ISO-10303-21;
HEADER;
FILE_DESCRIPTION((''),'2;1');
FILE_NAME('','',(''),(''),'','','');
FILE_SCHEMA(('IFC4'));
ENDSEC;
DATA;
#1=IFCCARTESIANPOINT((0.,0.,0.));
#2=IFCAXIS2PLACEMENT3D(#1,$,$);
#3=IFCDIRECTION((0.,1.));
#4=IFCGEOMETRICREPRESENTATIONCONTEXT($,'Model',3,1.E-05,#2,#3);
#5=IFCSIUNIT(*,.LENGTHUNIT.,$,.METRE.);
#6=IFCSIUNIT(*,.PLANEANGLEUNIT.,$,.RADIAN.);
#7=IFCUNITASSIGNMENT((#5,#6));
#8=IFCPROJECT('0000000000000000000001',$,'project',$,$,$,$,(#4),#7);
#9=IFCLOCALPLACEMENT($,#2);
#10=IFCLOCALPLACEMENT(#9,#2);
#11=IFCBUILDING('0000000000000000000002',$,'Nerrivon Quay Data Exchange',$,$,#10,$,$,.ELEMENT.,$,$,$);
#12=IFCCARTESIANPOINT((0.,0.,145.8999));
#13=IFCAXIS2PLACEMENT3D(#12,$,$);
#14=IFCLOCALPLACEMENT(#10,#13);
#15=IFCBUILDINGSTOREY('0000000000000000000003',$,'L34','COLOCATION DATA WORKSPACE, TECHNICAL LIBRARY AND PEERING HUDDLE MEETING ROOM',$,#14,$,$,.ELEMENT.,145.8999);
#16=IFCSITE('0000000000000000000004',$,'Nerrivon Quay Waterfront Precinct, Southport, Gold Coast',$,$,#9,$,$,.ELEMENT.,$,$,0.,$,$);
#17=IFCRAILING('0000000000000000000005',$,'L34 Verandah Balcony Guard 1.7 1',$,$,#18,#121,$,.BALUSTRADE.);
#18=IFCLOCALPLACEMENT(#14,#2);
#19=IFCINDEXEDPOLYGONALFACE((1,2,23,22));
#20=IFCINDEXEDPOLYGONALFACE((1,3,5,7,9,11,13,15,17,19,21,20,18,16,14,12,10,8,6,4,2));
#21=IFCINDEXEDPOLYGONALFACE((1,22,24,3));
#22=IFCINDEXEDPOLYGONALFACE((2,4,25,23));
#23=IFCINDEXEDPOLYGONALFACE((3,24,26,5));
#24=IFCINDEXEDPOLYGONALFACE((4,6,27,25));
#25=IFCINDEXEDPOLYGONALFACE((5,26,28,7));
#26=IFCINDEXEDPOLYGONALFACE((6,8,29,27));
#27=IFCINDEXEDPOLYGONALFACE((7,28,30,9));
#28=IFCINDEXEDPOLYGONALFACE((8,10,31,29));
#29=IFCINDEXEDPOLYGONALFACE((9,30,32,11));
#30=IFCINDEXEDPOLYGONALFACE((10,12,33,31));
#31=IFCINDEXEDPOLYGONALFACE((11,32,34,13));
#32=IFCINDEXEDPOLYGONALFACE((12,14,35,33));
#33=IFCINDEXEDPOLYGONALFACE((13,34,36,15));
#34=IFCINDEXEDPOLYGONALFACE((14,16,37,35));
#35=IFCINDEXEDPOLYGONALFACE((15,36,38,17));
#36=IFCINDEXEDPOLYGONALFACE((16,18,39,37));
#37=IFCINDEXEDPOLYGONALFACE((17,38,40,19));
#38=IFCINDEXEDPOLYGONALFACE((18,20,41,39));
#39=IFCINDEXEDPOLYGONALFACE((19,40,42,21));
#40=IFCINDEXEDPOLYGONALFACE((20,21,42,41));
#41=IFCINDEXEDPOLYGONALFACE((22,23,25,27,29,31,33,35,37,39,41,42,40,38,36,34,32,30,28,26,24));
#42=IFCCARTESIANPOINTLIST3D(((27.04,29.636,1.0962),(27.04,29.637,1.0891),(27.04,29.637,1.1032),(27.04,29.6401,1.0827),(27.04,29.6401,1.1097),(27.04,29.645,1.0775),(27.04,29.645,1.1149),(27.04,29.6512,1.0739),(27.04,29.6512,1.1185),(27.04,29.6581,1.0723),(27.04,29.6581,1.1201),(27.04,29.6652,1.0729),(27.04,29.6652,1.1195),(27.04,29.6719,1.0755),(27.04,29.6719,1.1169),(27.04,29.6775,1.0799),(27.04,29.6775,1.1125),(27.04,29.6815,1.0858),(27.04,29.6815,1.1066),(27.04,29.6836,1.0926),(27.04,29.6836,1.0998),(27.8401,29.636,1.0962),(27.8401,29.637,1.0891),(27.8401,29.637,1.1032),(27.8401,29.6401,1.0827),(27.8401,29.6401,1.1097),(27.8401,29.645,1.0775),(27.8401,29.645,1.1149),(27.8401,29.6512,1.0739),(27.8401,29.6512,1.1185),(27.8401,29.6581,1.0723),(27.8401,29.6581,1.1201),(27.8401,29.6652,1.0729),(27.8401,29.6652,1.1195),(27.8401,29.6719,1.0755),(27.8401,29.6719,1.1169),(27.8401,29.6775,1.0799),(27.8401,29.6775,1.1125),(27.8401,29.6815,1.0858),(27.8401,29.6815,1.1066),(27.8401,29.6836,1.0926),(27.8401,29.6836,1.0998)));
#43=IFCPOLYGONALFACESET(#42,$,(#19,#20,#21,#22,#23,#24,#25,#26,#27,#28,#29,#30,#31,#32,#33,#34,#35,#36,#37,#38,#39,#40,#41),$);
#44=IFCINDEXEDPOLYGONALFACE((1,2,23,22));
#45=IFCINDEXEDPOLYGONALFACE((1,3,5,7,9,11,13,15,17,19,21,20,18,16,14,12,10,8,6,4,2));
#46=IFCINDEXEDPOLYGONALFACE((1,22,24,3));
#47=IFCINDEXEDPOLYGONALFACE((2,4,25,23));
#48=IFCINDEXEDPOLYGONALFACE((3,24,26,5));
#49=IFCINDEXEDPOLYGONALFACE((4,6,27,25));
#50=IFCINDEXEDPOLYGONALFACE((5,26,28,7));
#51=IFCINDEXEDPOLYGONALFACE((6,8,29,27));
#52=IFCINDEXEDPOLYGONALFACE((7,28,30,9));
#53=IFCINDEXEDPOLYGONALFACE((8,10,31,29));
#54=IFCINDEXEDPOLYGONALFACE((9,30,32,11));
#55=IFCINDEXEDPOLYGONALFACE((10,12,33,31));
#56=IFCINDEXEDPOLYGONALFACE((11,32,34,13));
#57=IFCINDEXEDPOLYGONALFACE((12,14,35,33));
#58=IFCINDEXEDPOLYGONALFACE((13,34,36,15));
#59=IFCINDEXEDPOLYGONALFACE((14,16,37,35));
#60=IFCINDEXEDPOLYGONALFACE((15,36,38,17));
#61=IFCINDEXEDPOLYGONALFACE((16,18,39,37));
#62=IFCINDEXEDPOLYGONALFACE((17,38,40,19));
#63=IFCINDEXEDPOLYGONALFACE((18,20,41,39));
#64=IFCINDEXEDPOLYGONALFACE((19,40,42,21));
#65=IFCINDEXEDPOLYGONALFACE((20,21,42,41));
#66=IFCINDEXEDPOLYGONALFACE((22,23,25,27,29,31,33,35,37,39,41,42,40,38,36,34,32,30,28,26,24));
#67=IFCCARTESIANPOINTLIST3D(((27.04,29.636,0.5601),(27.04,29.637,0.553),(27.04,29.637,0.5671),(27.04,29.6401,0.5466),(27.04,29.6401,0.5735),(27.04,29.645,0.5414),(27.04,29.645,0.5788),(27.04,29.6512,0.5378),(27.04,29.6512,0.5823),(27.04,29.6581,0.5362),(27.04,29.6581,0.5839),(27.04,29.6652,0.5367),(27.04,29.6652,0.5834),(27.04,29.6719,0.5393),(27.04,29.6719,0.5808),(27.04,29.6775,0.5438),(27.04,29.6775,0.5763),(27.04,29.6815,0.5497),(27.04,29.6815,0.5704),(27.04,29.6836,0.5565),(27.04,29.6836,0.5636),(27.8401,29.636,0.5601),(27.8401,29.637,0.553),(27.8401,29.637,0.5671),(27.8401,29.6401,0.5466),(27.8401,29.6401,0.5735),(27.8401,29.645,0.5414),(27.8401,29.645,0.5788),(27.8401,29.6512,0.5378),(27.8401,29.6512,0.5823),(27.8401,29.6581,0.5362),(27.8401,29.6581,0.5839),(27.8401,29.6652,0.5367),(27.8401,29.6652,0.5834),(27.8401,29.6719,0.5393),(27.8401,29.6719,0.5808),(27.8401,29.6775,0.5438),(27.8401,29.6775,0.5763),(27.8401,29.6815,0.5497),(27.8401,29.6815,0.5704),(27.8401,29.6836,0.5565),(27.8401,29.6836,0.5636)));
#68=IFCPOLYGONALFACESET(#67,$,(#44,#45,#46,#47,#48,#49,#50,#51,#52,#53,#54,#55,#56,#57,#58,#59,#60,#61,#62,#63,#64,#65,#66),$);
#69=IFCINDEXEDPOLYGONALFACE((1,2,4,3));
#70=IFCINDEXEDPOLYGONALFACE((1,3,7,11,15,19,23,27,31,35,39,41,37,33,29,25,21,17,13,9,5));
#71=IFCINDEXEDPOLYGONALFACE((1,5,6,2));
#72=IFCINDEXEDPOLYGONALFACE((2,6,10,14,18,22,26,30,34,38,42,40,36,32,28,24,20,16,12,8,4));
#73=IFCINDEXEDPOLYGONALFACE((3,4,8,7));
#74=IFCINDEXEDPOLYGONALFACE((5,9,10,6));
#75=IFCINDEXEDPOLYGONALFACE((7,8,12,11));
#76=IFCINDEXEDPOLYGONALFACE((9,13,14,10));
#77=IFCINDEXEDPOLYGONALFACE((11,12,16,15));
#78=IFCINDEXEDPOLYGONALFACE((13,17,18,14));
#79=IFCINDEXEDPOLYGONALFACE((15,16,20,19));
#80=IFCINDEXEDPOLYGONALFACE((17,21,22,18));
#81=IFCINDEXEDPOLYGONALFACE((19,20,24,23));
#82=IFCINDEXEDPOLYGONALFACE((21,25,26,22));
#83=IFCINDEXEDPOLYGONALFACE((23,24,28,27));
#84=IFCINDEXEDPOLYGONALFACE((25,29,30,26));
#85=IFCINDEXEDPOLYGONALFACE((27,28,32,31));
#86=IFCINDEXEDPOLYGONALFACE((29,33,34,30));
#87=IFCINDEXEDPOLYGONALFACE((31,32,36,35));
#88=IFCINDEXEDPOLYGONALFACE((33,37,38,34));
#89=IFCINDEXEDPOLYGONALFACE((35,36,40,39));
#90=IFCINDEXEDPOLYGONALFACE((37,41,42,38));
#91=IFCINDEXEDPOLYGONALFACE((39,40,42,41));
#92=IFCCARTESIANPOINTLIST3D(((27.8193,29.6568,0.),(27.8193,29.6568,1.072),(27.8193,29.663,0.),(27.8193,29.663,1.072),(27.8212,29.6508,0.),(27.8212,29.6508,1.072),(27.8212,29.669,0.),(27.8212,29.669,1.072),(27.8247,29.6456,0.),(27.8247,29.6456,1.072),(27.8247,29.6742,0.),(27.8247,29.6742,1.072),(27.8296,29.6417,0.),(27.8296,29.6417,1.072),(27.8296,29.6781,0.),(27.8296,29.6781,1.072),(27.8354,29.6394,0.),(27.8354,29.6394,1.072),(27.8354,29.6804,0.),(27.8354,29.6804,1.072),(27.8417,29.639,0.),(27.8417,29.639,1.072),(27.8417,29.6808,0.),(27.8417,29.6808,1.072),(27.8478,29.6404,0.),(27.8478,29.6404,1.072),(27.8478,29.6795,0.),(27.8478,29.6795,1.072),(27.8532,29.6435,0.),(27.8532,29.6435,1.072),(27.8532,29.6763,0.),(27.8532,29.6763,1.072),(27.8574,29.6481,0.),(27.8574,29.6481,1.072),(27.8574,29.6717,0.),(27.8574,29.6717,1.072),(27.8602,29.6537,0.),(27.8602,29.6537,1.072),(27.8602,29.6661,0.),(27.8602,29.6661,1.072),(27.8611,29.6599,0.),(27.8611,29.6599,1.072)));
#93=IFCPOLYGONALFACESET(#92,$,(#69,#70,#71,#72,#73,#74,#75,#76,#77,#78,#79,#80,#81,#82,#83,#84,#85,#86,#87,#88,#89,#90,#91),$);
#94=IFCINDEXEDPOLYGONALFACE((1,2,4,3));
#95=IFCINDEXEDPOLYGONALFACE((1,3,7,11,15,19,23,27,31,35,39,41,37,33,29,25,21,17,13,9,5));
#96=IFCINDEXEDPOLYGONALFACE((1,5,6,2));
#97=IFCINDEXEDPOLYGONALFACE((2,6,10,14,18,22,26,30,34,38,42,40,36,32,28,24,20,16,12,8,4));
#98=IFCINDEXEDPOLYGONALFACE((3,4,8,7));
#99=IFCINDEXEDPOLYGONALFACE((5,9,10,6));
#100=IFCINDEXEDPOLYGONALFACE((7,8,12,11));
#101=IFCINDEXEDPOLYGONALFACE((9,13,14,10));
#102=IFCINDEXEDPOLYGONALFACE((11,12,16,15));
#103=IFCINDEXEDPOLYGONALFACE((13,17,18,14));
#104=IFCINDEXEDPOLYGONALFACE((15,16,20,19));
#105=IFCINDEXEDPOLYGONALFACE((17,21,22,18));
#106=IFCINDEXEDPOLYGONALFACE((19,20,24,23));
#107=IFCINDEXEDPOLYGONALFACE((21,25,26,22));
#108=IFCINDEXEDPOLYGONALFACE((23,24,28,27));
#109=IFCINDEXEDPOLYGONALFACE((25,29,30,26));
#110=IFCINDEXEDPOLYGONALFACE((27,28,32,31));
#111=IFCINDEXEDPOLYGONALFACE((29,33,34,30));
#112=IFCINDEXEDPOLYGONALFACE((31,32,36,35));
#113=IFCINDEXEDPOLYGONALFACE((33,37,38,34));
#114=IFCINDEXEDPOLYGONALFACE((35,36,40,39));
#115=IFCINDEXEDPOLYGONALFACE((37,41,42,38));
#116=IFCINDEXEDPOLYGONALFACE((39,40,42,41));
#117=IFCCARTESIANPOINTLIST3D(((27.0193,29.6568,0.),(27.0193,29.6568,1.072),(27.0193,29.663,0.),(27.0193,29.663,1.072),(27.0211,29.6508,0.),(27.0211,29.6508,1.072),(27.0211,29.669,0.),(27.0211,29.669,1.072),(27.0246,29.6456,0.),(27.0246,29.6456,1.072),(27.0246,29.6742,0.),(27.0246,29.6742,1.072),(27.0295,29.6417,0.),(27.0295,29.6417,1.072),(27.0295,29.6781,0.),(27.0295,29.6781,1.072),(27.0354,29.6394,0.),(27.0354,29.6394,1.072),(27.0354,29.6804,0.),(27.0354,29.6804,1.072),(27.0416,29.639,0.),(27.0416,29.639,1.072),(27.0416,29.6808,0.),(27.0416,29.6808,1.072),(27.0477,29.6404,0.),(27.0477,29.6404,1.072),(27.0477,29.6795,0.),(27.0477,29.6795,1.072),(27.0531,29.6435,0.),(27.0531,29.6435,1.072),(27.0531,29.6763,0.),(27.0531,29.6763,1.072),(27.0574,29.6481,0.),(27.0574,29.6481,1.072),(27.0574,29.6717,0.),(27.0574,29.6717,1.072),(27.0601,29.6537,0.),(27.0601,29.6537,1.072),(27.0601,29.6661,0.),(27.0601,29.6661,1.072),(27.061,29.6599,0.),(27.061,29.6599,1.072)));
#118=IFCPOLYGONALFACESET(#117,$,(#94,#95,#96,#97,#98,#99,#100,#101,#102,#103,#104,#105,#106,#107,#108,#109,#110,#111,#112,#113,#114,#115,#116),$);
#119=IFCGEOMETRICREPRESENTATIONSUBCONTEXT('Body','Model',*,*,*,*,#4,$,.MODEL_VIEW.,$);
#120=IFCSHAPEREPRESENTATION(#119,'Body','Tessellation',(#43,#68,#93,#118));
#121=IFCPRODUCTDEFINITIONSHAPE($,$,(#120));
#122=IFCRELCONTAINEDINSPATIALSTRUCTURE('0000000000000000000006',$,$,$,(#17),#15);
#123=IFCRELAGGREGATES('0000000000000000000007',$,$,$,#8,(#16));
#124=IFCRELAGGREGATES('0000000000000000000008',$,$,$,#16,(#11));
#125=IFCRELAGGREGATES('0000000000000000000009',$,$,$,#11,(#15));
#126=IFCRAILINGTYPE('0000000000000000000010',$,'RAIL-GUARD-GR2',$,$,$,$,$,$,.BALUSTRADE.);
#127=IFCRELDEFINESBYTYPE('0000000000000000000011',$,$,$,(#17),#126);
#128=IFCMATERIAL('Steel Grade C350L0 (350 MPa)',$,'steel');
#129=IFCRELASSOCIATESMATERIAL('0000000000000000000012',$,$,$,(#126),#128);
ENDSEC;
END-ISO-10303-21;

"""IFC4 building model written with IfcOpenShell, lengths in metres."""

from ifc_helpers import new_model, si_unit, direction, frame, origin, origin_2d, place, context, subcontext, project, spatial, circle, extrude, material, type_object, element, save


model = new_model("IFC4")

# Units and contexts
model_context = context("Model", 3, precision=1e-05, world=origin(), true_north=direction((0.0, 1.0)))
body_context = subcontext(model_context, "Body", "Model", "MODEL_VIEW")
ifc_project = project(units=[si_unit("LENGTHUNIT", "METRE"), si_unit("PLANEANGLEUNIT", "RADIAN")], contexts=[model_context])

# Site, building, storey
site_placement = place(None, origin())
site = spatial("IfcSite", under=ifc_project, at=site_placement, Name="Nerrivon Quay Waterfront Precinct, Southport, Gold Coast", CompositionType="ELEMENT", RefElevation=0.0)
building_placement = place(site_placement, origin())
building = spatial("IfcBuilding", under=site, at=building_placement, Name="Nerrivon Quay Data Exchange", CompositionType="ELEMENT")
storey_placement = place(building_placement, frame((0.0, 0.0, 145.8999)))
storey = spatial("IfcBuildingStorey", under=building, at=storey_placement, Name="L34", Description="COLOCATION DATA WORKSPACE, TECHNICAL LIBRARY AND PEERING HUDDLE MEETING ROOM", CompositionType="ELEMENT", Elevation=145.8999)

# Railing
ifc_material_1 = material(Name="Steel Grade C350L0 (350 MPa)", Category="steel")
railing_type = type_object("IfcRailingType", Name="RAIL-GUARD-GR2", PredefinedType="BALUSTRADE", material=ifc_material_1)
railing_1_placement = place(storey_placement, frame((27.8401, 29.6599, 0.0)))
element("IfcRailing", 1, at=railing_1_placement, inside=storey, type_object=railing_type, Name="L34 Verandah Balcony Guard 1.7 1", PredefinedType="BALUSTRADE", context=body_context, shape_type="SweptSolid", body=[
    extrude(circle(Radius=0.0239, at=origin_2d()), frame((0.0, 0.0, 1.0962), z_axis=(-1.0, 0.0, 0.0), x_axis=(0.0, -1.0, 0.0)), (0.0, 0.0, 1.0), 0.8),
    extrude(circle(Radius=0.0239, at=origin_2d()), frame((0.0, 0.0, 0.5601), z_axis=(-1.0, 0.0, 0.0), x_axis=(0.0, -1.0, 0.0)), (0.0, 0.0, 1.0), 0.8),
    extrude(circle(Radius=0.021, at=origin_2d()), origin(), (0.0, 0.0, 1.0), 1.072),
    extrude(circle(Radius=0.021, at=origin_2d()), frame((-0.8, 0.0, 0.0)), (0.0, 0.0, 1.0), 1.072),
])

save(model, "model.ifc")
